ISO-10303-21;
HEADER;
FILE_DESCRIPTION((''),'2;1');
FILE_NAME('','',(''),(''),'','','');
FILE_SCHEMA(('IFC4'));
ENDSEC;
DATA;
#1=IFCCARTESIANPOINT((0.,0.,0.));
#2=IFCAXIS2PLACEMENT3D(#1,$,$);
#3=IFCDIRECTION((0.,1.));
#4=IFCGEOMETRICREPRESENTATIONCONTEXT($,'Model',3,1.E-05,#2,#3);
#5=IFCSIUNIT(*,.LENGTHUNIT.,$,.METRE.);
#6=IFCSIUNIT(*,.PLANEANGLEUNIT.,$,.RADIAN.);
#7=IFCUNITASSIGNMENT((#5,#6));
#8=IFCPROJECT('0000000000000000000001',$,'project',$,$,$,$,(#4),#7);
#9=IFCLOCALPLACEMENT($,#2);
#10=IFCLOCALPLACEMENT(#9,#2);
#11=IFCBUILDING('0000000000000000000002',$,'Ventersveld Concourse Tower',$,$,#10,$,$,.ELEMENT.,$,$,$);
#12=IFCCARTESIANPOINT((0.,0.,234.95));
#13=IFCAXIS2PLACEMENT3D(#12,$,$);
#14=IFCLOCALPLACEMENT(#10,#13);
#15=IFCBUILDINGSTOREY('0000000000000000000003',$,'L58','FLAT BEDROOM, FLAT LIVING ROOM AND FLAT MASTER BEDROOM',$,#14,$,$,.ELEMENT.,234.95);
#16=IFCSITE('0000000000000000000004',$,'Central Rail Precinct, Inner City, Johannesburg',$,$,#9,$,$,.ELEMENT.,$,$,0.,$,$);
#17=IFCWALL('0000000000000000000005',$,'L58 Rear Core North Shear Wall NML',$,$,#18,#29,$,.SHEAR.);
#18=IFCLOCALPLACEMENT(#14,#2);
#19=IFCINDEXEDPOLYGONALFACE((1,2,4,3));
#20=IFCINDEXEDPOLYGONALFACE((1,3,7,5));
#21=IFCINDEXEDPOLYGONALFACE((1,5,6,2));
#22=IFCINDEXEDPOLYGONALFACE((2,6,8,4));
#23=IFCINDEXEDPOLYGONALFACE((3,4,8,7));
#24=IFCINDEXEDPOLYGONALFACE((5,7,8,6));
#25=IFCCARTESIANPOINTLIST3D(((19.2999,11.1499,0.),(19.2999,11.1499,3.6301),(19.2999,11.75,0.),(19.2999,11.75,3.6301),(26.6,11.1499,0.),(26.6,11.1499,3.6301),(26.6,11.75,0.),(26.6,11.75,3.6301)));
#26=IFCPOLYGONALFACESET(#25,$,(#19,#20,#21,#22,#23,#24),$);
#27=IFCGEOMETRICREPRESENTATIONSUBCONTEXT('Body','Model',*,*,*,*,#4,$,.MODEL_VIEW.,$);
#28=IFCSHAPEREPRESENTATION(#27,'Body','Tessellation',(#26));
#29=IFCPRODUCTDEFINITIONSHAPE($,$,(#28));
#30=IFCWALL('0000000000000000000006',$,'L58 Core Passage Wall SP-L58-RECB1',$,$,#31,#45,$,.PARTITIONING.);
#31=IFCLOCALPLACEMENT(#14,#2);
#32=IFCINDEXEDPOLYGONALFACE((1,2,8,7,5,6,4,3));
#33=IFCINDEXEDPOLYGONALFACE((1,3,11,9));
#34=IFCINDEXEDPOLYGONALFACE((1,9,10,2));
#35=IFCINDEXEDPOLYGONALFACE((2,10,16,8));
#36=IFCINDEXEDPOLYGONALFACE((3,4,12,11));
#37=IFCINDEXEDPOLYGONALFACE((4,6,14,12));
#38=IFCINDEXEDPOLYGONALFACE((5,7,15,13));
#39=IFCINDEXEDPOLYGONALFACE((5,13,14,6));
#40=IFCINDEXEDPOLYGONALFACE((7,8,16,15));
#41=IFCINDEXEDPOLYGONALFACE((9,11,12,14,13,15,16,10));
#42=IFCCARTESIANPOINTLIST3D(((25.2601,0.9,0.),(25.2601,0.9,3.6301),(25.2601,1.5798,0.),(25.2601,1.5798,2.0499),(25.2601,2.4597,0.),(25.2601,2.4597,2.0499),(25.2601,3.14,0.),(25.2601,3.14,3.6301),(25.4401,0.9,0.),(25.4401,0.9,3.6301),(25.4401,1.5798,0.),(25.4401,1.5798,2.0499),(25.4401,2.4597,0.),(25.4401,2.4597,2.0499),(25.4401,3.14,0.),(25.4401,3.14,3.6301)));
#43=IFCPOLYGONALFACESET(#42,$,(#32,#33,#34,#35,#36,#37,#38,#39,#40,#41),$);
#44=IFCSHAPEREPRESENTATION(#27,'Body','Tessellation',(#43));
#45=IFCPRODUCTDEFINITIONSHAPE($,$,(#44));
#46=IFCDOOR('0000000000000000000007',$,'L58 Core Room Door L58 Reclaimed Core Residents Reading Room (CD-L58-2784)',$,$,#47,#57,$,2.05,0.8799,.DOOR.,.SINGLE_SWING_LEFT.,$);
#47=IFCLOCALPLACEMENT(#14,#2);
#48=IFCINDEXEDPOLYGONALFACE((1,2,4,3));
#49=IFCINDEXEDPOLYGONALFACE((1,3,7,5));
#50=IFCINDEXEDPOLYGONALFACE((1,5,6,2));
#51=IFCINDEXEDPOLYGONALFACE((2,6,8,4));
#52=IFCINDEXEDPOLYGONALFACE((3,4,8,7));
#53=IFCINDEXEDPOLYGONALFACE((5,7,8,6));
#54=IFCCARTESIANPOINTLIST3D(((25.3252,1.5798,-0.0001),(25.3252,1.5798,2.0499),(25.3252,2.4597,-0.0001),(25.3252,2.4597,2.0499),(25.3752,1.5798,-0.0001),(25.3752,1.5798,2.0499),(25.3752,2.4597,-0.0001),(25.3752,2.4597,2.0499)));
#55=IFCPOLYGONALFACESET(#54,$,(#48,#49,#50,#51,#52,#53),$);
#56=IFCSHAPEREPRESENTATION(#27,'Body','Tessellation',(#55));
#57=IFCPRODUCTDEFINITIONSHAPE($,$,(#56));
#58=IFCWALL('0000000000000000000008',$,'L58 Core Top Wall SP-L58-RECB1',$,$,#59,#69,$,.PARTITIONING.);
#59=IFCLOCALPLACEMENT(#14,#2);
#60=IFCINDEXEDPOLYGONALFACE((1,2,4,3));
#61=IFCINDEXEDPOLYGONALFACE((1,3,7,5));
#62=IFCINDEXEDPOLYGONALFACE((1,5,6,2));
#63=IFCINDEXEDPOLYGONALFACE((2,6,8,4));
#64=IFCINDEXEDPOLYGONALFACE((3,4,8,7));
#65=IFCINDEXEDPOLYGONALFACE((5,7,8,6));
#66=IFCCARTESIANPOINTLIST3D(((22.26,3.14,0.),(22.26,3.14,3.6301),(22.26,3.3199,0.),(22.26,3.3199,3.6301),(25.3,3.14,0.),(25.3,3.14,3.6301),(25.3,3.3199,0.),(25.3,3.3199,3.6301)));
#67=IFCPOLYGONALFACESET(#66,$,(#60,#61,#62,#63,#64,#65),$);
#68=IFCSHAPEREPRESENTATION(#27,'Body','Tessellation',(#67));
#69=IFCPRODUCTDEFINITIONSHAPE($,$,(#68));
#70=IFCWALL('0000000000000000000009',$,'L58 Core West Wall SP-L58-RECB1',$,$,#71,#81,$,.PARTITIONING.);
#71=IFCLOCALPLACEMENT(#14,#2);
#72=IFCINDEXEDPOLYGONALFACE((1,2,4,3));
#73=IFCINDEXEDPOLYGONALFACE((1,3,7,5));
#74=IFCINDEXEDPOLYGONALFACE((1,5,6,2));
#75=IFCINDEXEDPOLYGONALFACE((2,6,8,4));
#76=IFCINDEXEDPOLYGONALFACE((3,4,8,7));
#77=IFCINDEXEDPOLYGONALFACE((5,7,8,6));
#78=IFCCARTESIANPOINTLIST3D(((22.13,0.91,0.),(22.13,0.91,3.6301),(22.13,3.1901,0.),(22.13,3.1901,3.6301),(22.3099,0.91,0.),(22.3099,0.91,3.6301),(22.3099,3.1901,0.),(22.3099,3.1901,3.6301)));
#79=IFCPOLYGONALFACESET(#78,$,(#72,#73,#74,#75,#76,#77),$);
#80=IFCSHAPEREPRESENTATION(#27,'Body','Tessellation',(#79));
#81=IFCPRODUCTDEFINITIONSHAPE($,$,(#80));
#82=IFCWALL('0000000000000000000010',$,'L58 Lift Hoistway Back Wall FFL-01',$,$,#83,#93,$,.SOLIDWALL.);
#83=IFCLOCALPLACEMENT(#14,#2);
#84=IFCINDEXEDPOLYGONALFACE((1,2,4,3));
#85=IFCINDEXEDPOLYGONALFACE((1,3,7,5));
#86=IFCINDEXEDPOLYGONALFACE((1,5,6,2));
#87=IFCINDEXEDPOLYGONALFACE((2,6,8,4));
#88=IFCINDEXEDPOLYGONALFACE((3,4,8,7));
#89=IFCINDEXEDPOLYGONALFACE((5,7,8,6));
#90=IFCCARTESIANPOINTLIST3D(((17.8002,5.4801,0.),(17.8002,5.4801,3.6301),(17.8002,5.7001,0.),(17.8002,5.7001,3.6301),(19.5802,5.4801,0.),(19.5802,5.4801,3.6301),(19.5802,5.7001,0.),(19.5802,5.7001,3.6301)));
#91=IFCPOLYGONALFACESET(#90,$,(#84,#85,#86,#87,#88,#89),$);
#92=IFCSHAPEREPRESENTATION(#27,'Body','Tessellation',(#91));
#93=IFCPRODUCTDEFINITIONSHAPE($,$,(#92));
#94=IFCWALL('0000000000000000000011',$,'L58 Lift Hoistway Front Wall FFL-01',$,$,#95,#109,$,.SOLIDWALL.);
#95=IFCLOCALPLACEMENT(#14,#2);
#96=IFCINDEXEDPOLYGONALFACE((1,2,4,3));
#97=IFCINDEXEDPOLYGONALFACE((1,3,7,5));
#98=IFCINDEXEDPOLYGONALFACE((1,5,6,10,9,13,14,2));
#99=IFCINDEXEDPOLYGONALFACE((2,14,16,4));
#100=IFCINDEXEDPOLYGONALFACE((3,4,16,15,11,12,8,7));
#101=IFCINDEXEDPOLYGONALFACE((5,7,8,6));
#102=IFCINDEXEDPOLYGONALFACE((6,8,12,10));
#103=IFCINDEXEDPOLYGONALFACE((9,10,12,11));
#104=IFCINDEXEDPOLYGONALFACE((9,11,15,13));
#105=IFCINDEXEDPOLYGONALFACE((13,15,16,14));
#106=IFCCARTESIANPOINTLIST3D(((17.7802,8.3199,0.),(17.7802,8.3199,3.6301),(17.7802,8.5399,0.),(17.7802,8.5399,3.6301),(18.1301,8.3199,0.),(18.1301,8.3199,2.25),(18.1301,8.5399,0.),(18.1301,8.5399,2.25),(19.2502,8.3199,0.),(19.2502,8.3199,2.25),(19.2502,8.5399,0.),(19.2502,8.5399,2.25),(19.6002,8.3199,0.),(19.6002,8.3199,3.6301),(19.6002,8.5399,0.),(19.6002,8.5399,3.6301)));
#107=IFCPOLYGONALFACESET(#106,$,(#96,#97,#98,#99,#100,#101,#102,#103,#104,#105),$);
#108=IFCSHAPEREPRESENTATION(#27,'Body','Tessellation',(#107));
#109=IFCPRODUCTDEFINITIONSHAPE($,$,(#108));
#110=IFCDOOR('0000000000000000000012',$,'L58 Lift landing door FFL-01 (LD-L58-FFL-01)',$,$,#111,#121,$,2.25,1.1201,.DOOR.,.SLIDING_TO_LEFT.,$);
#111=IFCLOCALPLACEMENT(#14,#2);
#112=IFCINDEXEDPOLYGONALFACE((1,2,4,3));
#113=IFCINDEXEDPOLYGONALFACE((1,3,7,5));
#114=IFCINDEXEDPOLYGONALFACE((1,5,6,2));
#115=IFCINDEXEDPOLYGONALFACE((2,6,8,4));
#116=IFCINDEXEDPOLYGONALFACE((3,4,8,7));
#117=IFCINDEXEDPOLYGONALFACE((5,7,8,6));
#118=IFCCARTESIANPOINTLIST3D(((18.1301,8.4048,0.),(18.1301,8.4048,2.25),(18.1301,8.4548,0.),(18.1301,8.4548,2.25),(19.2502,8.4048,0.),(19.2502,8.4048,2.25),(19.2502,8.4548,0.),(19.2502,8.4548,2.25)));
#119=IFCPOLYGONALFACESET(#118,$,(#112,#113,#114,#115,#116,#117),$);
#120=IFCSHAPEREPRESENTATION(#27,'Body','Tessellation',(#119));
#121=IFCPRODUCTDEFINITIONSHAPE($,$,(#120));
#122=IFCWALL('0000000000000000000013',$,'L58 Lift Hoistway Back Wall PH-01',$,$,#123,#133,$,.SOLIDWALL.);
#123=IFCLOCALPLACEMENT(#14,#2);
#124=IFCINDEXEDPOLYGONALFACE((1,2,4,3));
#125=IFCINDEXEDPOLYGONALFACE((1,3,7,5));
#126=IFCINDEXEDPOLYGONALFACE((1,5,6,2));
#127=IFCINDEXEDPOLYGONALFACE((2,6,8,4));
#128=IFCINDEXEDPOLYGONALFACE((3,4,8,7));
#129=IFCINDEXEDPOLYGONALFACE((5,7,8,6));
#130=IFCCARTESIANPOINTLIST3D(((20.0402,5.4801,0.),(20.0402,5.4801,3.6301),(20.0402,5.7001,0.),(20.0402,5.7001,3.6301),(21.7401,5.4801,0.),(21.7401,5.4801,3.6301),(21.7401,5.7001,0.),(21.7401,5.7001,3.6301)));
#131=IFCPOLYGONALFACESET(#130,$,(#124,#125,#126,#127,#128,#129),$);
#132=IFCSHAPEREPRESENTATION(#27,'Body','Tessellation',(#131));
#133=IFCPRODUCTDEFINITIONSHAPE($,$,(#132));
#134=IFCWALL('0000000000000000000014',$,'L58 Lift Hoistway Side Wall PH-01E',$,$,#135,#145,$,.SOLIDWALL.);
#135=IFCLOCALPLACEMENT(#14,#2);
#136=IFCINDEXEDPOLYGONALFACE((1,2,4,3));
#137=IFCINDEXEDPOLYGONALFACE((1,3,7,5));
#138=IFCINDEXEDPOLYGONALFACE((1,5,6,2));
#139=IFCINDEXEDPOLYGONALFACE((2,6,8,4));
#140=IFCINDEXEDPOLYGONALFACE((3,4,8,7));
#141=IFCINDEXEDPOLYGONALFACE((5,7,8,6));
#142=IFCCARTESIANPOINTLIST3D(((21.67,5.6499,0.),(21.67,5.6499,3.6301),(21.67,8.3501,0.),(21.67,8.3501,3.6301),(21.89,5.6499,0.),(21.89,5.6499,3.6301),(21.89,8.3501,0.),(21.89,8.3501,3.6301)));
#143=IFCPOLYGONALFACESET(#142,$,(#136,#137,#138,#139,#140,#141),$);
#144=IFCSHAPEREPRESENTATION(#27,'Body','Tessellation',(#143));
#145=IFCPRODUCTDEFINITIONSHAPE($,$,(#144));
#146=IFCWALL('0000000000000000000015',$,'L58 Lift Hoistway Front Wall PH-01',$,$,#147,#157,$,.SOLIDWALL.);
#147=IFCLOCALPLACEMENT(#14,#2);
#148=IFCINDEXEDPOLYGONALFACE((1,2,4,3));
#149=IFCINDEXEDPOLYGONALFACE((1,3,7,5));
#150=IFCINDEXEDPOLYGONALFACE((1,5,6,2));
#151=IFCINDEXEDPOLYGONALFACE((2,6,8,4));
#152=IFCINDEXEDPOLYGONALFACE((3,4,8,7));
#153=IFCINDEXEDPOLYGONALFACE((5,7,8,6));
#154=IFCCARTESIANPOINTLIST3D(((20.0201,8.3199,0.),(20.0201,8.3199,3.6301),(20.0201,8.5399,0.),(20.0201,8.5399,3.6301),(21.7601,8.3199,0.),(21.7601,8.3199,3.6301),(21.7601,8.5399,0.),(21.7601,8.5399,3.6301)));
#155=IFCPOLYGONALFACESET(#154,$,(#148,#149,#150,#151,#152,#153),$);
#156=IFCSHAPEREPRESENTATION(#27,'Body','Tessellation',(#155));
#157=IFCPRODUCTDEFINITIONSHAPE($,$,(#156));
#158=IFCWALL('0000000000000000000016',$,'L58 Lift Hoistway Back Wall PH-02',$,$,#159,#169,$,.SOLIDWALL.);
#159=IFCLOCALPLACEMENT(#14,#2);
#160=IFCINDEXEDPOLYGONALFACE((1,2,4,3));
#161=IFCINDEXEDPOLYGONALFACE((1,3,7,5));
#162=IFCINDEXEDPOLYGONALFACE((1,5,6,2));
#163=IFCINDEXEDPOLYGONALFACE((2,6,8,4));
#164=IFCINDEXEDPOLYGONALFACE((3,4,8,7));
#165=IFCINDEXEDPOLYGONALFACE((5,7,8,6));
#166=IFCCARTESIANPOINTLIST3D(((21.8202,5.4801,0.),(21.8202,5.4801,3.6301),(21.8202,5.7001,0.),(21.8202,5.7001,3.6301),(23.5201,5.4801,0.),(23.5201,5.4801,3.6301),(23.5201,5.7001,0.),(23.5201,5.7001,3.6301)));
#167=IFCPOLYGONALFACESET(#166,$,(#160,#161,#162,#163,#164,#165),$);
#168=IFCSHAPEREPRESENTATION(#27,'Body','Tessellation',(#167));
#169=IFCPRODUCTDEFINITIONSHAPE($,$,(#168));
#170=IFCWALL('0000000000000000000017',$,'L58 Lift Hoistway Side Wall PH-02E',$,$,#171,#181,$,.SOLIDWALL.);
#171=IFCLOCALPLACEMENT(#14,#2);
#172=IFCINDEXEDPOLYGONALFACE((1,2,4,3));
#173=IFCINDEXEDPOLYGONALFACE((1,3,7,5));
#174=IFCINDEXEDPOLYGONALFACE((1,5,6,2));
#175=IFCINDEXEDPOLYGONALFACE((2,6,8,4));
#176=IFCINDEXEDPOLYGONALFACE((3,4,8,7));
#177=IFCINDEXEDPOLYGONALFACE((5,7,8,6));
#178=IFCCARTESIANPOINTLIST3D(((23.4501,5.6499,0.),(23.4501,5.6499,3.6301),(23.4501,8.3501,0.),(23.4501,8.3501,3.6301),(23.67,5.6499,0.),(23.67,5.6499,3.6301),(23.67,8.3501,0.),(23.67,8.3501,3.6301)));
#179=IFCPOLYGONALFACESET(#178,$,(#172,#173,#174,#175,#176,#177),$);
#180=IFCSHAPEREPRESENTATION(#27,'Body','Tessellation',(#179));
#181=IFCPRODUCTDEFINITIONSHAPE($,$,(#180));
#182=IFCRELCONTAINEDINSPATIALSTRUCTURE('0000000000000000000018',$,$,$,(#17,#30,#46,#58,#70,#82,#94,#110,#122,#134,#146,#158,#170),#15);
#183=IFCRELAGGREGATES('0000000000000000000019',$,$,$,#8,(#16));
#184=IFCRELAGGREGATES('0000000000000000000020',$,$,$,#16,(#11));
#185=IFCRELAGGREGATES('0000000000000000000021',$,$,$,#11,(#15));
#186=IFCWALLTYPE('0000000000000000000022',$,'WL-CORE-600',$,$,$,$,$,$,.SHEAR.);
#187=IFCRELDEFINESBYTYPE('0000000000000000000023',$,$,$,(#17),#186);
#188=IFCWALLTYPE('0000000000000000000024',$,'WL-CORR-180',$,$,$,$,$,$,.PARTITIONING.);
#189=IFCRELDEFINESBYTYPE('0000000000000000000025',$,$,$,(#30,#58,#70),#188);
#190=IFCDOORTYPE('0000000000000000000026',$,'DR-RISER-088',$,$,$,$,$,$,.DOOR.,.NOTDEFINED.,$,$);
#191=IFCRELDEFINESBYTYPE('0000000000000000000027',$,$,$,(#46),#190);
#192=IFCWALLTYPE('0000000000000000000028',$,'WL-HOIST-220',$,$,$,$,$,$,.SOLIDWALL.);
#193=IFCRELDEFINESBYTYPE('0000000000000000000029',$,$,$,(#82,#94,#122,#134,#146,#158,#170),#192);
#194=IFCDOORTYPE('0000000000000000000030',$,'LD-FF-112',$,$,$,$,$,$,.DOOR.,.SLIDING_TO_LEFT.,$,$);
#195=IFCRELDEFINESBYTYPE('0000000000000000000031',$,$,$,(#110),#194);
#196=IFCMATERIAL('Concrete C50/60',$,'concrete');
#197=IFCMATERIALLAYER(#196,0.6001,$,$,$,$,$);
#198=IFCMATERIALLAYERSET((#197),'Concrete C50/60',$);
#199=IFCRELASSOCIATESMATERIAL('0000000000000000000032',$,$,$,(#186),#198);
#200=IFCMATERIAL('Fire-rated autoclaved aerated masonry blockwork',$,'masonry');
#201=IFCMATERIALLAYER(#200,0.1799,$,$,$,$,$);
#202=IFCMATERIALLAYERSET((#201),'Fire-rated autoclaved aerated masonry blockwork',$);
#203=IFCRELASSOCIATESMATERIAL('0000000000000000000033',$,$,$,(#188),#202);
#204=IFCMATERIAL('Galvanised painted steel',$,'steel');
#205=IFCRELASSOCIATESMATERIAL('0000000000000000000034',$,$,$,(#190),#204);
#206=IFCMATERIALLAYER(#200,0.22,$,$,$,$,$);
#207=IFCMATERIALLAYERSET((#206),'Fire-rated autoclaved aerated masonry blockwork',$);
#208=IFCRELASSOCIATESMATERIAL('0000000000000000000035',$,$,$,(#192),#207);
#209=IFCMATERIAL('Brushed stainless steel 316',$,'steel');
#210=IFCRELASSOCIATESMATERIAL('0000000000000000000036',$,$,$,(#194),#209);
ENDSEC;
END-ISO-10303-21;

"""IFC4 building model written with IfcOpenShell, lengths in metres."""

from ifc_helpers import new_model, si_unit, direction, frame, frame_2d, origin, place, context, subcontext, project, spatial, rectangle, extrude, material, layer, layer_set, type_object, element, fill, save


model = new_model("IFC4")

# Units and contexts
model_context = context("Model", 3, precision=1e-05, world=origin(), true_north=direction((0.0, 1.0)))
body_context = subcontext(model_context, "Body", "Model", "MODEL_VIEW")
ifc_project = project(units=[si_unit("LENGTHUNIT", "METRE"), si_unit("PLANEANGLEUNIT", "RADIAN")], contexts=[model_context])

# Site, building, storey
site_placement = place(None, origin())
site = spatial("IfcSite", under=ifc_project, at=site_placement, Name="Central Rail Precinct, Inner City, Johannesburg", CompositionType="ELEMENT", RefElevation=0.0)
building_placement = place(site_placement, origin())
building = spatial("IfcBuilding", under=site, at=building_placement, Name="Ventersveld Concourse Tower", CompositionType="ELEMENT")
storey_placement = place(building_placement, frame((0.0, 0.0, 234.95)))
storey = spatial("IfcBuildingStorey", under=building, at=storey_placement, Name="L58", Description="FLAT BEDROOM, FLAT LIVING ROOM AND FLAT MASTER BEDROOM", CompositionType="ELEMENT", Elevation=234.95)

# Shared definitions
ifc_material_1 = material(Name="Concrete C50/60", Category="concrete")

# Wall
ifc_layer_1 = layer(ifc_material_1, 0.6001)
ifc_layer_set_1 = layer_set([ifc_layer_1], Name="Concrete C50/60")
wall_type_1 = type_object("IfcWallType", Name="WL-CORE-600", PredefinedType="SHEAR", material=ifc_layer_set_1)
wall_1_placement = place(storey_placement, frame((19.3, 11.45, 0.0), z_axis=(0.0, 0.0, 1.0), x_axis=(1.0, 0.0, 0.0)))
element("IfcWall", 1, at=wall_1_placement, inside=storey, type_object=wall_type_1, Name="L58 Rear Core North Shear Wall NML", PredefinedType="SHEAR", context=body_context, shape_type="SweptSolid", body=[
    extrude(rectangle(XDim=7.3, YDim=0.6001, at=frame_2d((3.6499, 0.0))), origin(), (0.0, 0.0, 1.0), 3.6301),
])

# Wall, opening, door
ifc_material_2 = material(Name="Fire-rated autoclaved aerated masonry blockwork", Category="masonry")
ifc_layer_2 = layer(ifc_material_2, 0.1799)
ifc_layer_set_2 = layer_set([ifc_layer_2], Name="Fire-rated autoclaved aerated masonry blockwork")
wall_type_2 = type_object("IfcWallType", Name="WL-CORR-180", PredefinedType="PARTITIONING", material=ifc_layer_set_2)
wall_2_placement = place(storey_placement, frame((25.3501, 0.8999, 0.0), z_axis=(0.0, 0.0, 1.0), x_axis=(0.0, 1.0, 0.0)))
wall_2 = element("IfcWall", 2, at=wall_2_placement, inside=storey, type_object=wall_type_2, Name="L58 Core Passage Wall SP-L58-RECB1", PredefinedType="PARTITIONING", context=body_context, shape_type="SweptSolid", body=[
    extrude(rectangle(XDim=2.24, YDim=0.1799, at=frame_2d((1.1201, 0.0))), origin(), (0.0, 0.0, 1.0), 3.6301),
])
opening_1_placement = place(wall_2_placement, frame((0.6799, 0.0, 0.0)))
opening_1 = element("IfcOpeningElement", 3, at=opening_1_placement, cuts=wall_2, PredefinedType="OPENING", context=body_context, shape_type="SweptSolid", body=[
    extrude(rectangle(XDim=0.8799, YDim=2.05, at=frame_2d((0.4399, 1.0249))), frame((0.0, 0.1001, 0.0), z_axis=(0.0, -1.0, 0.0), x_axis=(1.0, 0.0, 0.0)), (0.0, 0.0, 1.0), 0.2),
])
ifc_material_3 = material(Name="Galvanised painted steel", Category="steel")
door_type_1 = type_object("IfcDoorType", Name="DR-RISER-088", OperationType="NOTDEFINED", PredefinedType="DOOR", material=ifc_material_3)
door_1_placement = place(opening_1_placement, origin())
door_1 = element("IfcDoor", 4, at=door_1_placement, inside=storey, type_object=door_type_1, Name="L58 Core Room Door L58 Reclaimed Core Residents Reading Room (CD-L58-2784)", OperationType="SINGLE_SWING_LEFT", OverallHeight=2.05, OverallWidth=0.8799, PredefinedType="DOOR", context=body_context, shape_type="SweptSolid", body=[
    extrude(rectangle(XDim=0.8799, YDim=2.05, at=frame_2d((0.4399, 1.0249))), frame((0.0, 0.0249, 0.0), z_axis=(0.0, -1.0, 0.0), x_axis=(1.0, 0.0, 0.0)), (0.0, 0.0, 1.0), 0.05),
])
fill(opening_1, door_1)

# Walls
wall_3_placement = place(storey_placement, frame((22.26, 3.23, 0.0), z_axis=(0.0, 0.0, 1.0), x_axis=(1.0, 0.0, 0.0)))
element("IfcWall", 5, at=wall_3_placement, inside=storey, type_object=wall_type_2, Name="L58 Core Top Wall SP-L58-RECB1", PredefinedType="PARTITIONING", context=body_context, shape_type="SweptSolid", body=[
    extrude(rectangle(XDim=3.04, YDim=0.1799, at=frame_2d((1.52, 0.0))), origin(), (0.0, 0.0, 1.0), 3.6301),
])
wall_4_placement = place(storey_placement, frame((22.22, 0.9099, 0.0), z_axis=(0.0, 0.0, 1.0), x_axis=(0.0, 1.0, 0.0)))
element("IfcWall", 6, at=wall_4_placement, inside=storey, type_object=wall_type_2, Name="L58 Core West Wall SP-L58-RECB1", PredefinedType="PARTITIONING", context=body_context, shape_type="SweptSolid", body=[
    extrude(rectangle(XDim=2.28, YDim=0.1799, at=frame_2d((1.1401, 0.0))), origin(), (0.0, 0.0, 1.0), 3.6301),
])
ifc_layer_3 = layer(ifc_material_2, 0.22)
ifc_layer_set_3 = layer_set([ifc_layer_3], Name="Fire-rated autoclaved aerated masonry blockwork")
wall_type_3 = type_object("IfcWallType", Name="WL-HOIST-220", PredefinedType="SOLIDWALL", material=ifc_layer_set_3)
wall_5_placement = place(storey_placement, frame((17.8, 5.5901, 0.0), z_axis=(0.0, 0.0, 1.0), x_axis=(1.0, 0.0, 0.0)))
element("IfcWall", 7, at=wall_5_placement, inside=storey, type_object=wall_type_3, Name="L58 Lift Hoistway Back Wall FFL-01", PredefinedType="SOLIDWALL", context=body_context, shape_type="SweptSolid", body=[
    extrude(rectangle(XDim=1.78, YDim=0.22, at=frame_2d((0.8901, 0.0))), origin(), (0.0, 0.0, 1.0), 3.6301),
])

# Wall, opening, door
wall_6_placement = place(storey_placement, frame((17.78, 8.4299, 0.0), z_axis=(0.0, 0.0, 1.0), x_axis=(1.0, 0.0, 0.0)))
wall_6 = element("IfcWall", 8, at=wall_6_placement, inside=storey, type_object=wall_type_3, Name="L58 Lift Hoistway Front Wall FFL-01", PredefinedType="SOLIDWALL", context=body_context, shape_type="SweptSolid", body=[
    extrude(rectangle(XDim=1.8201, YDim=0.22, at=frame_2d((0.9102, 0.0))), origin(), (0.0, 0.0, 1.0), 3.6301),
])
opening_2_placement = place(wall_6_placement, frame((0.3501, 0.0, 0.0)))
opening_2 = element("IfcOpeningElement", 9, at=opening_2_placement, cuts=wall_6, PredefinedType="OPENING", context=body_context, shape_type="SweptSolid", body=[
    extrude(rectangle(XDim=1.1201, YDim=2.25, at=frame_2d((0.5601, 1.125))), frame((0.0, 0.1201, 0.0), z_axis=(0.0, -1.0, 0.0), x_axis=(1.0, 0.0, 0.0)), (0.0, 0.0, 1.0), 0.24),
])
ifc_material_4 = material(Name="Brushed stainless steel 316", Category="steel")
door_type_2 = type_object("IfcDoorType", Name="LD-FF-112", OperationType="SLIDING_TO_LEFT", PredefinedType="DOOR", material=ifc_material_4)
door_2_placement = place(opening_2_placement, origin())
door_2 = element("IfcDoor", 10, at=door_2_placement, inside=storey, type_object=door_type_2, Name="L58 Lift landing door FFL-01 (LD-L58-FFL-01)", OperationType="SLIDING_TO_LEFT", OverallHeight=2.25, OverallWidth=1.1201, PredefinedType="DOOR", context=body_context, shape_type="SweptSolid", body=[
    extrude(rectangle(XDim=1.1201, YDim=2.25, at=frame_2d((0.5601, 1.125))), frame((0.0, 0.0249, 0.0), z_axis=(0.0, -1.0, 0.0), x_axis=(1.0, 0.0, 0.0)), (0.0, 0.0, 1.0), 0.05),
])
fill(opening_2, door_2)

# Walls
wall_7_placement = place(storey_placement, frame((20.04, 5.5901, 0.0), z_axis=(0.0, 0.0, 1.0), x_axis=(1.0, 0.0, 0.0)))
element("IfcWall", 11, at=wall_7_placement, inside=storey, type_object=wall_type_3, Name="L58 Lift Hoistway Back Wall PH-01", PredefinedType="SOLIDWALL", context=body_context, shape_type="SweptSolid", body=[
    extrude(rectangle(XDim=1.7, YDim=0.22, at=frame_2d((0.8501, 0.0))), origin(), (0.0, 0.0, 1.0), 3.6301),
])
wall_8_placement = place(storey_placement, frame((21.78, 5.6499, 0.0), z_axis=(0.0, 0.0, 1.0), x_axis=(0.0, 1.0, 0.0)))
element("IfcWall", 12, at=wall_8_placement, inside=storey, type_object=wall_type_3, Name="L58 Lift Hoistway Side Wall PH-01E", PredefinedType="SOLIDWALL", context=body_context, shape_type="SweptSolid", body=[
    extrude(rectangle(XDim=2.7002, YDim=0.22, at=frame_2d((1.3501, 0.0))), origin(), (0.0, 0.0, 1.0), 3.6301),
])
wall_9_placement = place(storey_placement, frame((20.02, 8.4299, 0.0), z_axis=(0.0, 0.0, 1.0), x_axis=(1.0, 0.0, 0.0)))
element("IfcWall", 13, at=wall_9_placement, inside=storey, type_object=wall_type_3, Name="L58 Lift Hoistway Front Wall PH-01", PredefinedType="SOLIDWALL", context=body_context, shape_type="SweptSolid", body=[
    extrude(rectangle(XDim=1.74, YDim=0.22, at=frame_2d((0.8701, 0.0))), origin(), (0.0, 0.0, 1.0), 3.6301),
])
wall_10_placement = place(storey_placement, frame((21.8201, 5.5901, 0.0), z_axis=(0.0, 0.0, 1.0), x_axis=(1.0, 0.0, 0.0)))
element("IfcWall", 14, at=wall_10_placement, inside=storey, type_object=wall_type_3, Name="L58 Lift Hoistway Back Wall PH-02", PredefinedType="SOLIDWALL", context=body_context, shape_type="SweptSolid", body=[
    extrude(rectangle(XDim=1.7, YDim=0.22, at=frame_2d((0.8501, 0.0))), origin(), (0.0, 0.0, 1.0), 3.6301),
])
wall_11_placement = place(storey_placement, frame((23.5601, 5.6499, 0.0), z_axis=(0.0, 0.0, 1.0), x_axis=(0.0, 1.0, 0.0)))
element("IfcWall", 15, at=wall_11_placement, inside=storey, type_object=wall_type_3, Name="L58 Lift Hoistway Side Wall PH-02E", PredefinedType="SOLIDWALL", context=body_context, shape_type="SweptSolid", body=[
    extrude(rectangle(XDim=2.7002, YDim=0.22, at=frame_2d((1.3501, 0.0))), origin(), (0.0, 0.0, 1.0), 3.6301),
])

save(model, "model.ifc")
